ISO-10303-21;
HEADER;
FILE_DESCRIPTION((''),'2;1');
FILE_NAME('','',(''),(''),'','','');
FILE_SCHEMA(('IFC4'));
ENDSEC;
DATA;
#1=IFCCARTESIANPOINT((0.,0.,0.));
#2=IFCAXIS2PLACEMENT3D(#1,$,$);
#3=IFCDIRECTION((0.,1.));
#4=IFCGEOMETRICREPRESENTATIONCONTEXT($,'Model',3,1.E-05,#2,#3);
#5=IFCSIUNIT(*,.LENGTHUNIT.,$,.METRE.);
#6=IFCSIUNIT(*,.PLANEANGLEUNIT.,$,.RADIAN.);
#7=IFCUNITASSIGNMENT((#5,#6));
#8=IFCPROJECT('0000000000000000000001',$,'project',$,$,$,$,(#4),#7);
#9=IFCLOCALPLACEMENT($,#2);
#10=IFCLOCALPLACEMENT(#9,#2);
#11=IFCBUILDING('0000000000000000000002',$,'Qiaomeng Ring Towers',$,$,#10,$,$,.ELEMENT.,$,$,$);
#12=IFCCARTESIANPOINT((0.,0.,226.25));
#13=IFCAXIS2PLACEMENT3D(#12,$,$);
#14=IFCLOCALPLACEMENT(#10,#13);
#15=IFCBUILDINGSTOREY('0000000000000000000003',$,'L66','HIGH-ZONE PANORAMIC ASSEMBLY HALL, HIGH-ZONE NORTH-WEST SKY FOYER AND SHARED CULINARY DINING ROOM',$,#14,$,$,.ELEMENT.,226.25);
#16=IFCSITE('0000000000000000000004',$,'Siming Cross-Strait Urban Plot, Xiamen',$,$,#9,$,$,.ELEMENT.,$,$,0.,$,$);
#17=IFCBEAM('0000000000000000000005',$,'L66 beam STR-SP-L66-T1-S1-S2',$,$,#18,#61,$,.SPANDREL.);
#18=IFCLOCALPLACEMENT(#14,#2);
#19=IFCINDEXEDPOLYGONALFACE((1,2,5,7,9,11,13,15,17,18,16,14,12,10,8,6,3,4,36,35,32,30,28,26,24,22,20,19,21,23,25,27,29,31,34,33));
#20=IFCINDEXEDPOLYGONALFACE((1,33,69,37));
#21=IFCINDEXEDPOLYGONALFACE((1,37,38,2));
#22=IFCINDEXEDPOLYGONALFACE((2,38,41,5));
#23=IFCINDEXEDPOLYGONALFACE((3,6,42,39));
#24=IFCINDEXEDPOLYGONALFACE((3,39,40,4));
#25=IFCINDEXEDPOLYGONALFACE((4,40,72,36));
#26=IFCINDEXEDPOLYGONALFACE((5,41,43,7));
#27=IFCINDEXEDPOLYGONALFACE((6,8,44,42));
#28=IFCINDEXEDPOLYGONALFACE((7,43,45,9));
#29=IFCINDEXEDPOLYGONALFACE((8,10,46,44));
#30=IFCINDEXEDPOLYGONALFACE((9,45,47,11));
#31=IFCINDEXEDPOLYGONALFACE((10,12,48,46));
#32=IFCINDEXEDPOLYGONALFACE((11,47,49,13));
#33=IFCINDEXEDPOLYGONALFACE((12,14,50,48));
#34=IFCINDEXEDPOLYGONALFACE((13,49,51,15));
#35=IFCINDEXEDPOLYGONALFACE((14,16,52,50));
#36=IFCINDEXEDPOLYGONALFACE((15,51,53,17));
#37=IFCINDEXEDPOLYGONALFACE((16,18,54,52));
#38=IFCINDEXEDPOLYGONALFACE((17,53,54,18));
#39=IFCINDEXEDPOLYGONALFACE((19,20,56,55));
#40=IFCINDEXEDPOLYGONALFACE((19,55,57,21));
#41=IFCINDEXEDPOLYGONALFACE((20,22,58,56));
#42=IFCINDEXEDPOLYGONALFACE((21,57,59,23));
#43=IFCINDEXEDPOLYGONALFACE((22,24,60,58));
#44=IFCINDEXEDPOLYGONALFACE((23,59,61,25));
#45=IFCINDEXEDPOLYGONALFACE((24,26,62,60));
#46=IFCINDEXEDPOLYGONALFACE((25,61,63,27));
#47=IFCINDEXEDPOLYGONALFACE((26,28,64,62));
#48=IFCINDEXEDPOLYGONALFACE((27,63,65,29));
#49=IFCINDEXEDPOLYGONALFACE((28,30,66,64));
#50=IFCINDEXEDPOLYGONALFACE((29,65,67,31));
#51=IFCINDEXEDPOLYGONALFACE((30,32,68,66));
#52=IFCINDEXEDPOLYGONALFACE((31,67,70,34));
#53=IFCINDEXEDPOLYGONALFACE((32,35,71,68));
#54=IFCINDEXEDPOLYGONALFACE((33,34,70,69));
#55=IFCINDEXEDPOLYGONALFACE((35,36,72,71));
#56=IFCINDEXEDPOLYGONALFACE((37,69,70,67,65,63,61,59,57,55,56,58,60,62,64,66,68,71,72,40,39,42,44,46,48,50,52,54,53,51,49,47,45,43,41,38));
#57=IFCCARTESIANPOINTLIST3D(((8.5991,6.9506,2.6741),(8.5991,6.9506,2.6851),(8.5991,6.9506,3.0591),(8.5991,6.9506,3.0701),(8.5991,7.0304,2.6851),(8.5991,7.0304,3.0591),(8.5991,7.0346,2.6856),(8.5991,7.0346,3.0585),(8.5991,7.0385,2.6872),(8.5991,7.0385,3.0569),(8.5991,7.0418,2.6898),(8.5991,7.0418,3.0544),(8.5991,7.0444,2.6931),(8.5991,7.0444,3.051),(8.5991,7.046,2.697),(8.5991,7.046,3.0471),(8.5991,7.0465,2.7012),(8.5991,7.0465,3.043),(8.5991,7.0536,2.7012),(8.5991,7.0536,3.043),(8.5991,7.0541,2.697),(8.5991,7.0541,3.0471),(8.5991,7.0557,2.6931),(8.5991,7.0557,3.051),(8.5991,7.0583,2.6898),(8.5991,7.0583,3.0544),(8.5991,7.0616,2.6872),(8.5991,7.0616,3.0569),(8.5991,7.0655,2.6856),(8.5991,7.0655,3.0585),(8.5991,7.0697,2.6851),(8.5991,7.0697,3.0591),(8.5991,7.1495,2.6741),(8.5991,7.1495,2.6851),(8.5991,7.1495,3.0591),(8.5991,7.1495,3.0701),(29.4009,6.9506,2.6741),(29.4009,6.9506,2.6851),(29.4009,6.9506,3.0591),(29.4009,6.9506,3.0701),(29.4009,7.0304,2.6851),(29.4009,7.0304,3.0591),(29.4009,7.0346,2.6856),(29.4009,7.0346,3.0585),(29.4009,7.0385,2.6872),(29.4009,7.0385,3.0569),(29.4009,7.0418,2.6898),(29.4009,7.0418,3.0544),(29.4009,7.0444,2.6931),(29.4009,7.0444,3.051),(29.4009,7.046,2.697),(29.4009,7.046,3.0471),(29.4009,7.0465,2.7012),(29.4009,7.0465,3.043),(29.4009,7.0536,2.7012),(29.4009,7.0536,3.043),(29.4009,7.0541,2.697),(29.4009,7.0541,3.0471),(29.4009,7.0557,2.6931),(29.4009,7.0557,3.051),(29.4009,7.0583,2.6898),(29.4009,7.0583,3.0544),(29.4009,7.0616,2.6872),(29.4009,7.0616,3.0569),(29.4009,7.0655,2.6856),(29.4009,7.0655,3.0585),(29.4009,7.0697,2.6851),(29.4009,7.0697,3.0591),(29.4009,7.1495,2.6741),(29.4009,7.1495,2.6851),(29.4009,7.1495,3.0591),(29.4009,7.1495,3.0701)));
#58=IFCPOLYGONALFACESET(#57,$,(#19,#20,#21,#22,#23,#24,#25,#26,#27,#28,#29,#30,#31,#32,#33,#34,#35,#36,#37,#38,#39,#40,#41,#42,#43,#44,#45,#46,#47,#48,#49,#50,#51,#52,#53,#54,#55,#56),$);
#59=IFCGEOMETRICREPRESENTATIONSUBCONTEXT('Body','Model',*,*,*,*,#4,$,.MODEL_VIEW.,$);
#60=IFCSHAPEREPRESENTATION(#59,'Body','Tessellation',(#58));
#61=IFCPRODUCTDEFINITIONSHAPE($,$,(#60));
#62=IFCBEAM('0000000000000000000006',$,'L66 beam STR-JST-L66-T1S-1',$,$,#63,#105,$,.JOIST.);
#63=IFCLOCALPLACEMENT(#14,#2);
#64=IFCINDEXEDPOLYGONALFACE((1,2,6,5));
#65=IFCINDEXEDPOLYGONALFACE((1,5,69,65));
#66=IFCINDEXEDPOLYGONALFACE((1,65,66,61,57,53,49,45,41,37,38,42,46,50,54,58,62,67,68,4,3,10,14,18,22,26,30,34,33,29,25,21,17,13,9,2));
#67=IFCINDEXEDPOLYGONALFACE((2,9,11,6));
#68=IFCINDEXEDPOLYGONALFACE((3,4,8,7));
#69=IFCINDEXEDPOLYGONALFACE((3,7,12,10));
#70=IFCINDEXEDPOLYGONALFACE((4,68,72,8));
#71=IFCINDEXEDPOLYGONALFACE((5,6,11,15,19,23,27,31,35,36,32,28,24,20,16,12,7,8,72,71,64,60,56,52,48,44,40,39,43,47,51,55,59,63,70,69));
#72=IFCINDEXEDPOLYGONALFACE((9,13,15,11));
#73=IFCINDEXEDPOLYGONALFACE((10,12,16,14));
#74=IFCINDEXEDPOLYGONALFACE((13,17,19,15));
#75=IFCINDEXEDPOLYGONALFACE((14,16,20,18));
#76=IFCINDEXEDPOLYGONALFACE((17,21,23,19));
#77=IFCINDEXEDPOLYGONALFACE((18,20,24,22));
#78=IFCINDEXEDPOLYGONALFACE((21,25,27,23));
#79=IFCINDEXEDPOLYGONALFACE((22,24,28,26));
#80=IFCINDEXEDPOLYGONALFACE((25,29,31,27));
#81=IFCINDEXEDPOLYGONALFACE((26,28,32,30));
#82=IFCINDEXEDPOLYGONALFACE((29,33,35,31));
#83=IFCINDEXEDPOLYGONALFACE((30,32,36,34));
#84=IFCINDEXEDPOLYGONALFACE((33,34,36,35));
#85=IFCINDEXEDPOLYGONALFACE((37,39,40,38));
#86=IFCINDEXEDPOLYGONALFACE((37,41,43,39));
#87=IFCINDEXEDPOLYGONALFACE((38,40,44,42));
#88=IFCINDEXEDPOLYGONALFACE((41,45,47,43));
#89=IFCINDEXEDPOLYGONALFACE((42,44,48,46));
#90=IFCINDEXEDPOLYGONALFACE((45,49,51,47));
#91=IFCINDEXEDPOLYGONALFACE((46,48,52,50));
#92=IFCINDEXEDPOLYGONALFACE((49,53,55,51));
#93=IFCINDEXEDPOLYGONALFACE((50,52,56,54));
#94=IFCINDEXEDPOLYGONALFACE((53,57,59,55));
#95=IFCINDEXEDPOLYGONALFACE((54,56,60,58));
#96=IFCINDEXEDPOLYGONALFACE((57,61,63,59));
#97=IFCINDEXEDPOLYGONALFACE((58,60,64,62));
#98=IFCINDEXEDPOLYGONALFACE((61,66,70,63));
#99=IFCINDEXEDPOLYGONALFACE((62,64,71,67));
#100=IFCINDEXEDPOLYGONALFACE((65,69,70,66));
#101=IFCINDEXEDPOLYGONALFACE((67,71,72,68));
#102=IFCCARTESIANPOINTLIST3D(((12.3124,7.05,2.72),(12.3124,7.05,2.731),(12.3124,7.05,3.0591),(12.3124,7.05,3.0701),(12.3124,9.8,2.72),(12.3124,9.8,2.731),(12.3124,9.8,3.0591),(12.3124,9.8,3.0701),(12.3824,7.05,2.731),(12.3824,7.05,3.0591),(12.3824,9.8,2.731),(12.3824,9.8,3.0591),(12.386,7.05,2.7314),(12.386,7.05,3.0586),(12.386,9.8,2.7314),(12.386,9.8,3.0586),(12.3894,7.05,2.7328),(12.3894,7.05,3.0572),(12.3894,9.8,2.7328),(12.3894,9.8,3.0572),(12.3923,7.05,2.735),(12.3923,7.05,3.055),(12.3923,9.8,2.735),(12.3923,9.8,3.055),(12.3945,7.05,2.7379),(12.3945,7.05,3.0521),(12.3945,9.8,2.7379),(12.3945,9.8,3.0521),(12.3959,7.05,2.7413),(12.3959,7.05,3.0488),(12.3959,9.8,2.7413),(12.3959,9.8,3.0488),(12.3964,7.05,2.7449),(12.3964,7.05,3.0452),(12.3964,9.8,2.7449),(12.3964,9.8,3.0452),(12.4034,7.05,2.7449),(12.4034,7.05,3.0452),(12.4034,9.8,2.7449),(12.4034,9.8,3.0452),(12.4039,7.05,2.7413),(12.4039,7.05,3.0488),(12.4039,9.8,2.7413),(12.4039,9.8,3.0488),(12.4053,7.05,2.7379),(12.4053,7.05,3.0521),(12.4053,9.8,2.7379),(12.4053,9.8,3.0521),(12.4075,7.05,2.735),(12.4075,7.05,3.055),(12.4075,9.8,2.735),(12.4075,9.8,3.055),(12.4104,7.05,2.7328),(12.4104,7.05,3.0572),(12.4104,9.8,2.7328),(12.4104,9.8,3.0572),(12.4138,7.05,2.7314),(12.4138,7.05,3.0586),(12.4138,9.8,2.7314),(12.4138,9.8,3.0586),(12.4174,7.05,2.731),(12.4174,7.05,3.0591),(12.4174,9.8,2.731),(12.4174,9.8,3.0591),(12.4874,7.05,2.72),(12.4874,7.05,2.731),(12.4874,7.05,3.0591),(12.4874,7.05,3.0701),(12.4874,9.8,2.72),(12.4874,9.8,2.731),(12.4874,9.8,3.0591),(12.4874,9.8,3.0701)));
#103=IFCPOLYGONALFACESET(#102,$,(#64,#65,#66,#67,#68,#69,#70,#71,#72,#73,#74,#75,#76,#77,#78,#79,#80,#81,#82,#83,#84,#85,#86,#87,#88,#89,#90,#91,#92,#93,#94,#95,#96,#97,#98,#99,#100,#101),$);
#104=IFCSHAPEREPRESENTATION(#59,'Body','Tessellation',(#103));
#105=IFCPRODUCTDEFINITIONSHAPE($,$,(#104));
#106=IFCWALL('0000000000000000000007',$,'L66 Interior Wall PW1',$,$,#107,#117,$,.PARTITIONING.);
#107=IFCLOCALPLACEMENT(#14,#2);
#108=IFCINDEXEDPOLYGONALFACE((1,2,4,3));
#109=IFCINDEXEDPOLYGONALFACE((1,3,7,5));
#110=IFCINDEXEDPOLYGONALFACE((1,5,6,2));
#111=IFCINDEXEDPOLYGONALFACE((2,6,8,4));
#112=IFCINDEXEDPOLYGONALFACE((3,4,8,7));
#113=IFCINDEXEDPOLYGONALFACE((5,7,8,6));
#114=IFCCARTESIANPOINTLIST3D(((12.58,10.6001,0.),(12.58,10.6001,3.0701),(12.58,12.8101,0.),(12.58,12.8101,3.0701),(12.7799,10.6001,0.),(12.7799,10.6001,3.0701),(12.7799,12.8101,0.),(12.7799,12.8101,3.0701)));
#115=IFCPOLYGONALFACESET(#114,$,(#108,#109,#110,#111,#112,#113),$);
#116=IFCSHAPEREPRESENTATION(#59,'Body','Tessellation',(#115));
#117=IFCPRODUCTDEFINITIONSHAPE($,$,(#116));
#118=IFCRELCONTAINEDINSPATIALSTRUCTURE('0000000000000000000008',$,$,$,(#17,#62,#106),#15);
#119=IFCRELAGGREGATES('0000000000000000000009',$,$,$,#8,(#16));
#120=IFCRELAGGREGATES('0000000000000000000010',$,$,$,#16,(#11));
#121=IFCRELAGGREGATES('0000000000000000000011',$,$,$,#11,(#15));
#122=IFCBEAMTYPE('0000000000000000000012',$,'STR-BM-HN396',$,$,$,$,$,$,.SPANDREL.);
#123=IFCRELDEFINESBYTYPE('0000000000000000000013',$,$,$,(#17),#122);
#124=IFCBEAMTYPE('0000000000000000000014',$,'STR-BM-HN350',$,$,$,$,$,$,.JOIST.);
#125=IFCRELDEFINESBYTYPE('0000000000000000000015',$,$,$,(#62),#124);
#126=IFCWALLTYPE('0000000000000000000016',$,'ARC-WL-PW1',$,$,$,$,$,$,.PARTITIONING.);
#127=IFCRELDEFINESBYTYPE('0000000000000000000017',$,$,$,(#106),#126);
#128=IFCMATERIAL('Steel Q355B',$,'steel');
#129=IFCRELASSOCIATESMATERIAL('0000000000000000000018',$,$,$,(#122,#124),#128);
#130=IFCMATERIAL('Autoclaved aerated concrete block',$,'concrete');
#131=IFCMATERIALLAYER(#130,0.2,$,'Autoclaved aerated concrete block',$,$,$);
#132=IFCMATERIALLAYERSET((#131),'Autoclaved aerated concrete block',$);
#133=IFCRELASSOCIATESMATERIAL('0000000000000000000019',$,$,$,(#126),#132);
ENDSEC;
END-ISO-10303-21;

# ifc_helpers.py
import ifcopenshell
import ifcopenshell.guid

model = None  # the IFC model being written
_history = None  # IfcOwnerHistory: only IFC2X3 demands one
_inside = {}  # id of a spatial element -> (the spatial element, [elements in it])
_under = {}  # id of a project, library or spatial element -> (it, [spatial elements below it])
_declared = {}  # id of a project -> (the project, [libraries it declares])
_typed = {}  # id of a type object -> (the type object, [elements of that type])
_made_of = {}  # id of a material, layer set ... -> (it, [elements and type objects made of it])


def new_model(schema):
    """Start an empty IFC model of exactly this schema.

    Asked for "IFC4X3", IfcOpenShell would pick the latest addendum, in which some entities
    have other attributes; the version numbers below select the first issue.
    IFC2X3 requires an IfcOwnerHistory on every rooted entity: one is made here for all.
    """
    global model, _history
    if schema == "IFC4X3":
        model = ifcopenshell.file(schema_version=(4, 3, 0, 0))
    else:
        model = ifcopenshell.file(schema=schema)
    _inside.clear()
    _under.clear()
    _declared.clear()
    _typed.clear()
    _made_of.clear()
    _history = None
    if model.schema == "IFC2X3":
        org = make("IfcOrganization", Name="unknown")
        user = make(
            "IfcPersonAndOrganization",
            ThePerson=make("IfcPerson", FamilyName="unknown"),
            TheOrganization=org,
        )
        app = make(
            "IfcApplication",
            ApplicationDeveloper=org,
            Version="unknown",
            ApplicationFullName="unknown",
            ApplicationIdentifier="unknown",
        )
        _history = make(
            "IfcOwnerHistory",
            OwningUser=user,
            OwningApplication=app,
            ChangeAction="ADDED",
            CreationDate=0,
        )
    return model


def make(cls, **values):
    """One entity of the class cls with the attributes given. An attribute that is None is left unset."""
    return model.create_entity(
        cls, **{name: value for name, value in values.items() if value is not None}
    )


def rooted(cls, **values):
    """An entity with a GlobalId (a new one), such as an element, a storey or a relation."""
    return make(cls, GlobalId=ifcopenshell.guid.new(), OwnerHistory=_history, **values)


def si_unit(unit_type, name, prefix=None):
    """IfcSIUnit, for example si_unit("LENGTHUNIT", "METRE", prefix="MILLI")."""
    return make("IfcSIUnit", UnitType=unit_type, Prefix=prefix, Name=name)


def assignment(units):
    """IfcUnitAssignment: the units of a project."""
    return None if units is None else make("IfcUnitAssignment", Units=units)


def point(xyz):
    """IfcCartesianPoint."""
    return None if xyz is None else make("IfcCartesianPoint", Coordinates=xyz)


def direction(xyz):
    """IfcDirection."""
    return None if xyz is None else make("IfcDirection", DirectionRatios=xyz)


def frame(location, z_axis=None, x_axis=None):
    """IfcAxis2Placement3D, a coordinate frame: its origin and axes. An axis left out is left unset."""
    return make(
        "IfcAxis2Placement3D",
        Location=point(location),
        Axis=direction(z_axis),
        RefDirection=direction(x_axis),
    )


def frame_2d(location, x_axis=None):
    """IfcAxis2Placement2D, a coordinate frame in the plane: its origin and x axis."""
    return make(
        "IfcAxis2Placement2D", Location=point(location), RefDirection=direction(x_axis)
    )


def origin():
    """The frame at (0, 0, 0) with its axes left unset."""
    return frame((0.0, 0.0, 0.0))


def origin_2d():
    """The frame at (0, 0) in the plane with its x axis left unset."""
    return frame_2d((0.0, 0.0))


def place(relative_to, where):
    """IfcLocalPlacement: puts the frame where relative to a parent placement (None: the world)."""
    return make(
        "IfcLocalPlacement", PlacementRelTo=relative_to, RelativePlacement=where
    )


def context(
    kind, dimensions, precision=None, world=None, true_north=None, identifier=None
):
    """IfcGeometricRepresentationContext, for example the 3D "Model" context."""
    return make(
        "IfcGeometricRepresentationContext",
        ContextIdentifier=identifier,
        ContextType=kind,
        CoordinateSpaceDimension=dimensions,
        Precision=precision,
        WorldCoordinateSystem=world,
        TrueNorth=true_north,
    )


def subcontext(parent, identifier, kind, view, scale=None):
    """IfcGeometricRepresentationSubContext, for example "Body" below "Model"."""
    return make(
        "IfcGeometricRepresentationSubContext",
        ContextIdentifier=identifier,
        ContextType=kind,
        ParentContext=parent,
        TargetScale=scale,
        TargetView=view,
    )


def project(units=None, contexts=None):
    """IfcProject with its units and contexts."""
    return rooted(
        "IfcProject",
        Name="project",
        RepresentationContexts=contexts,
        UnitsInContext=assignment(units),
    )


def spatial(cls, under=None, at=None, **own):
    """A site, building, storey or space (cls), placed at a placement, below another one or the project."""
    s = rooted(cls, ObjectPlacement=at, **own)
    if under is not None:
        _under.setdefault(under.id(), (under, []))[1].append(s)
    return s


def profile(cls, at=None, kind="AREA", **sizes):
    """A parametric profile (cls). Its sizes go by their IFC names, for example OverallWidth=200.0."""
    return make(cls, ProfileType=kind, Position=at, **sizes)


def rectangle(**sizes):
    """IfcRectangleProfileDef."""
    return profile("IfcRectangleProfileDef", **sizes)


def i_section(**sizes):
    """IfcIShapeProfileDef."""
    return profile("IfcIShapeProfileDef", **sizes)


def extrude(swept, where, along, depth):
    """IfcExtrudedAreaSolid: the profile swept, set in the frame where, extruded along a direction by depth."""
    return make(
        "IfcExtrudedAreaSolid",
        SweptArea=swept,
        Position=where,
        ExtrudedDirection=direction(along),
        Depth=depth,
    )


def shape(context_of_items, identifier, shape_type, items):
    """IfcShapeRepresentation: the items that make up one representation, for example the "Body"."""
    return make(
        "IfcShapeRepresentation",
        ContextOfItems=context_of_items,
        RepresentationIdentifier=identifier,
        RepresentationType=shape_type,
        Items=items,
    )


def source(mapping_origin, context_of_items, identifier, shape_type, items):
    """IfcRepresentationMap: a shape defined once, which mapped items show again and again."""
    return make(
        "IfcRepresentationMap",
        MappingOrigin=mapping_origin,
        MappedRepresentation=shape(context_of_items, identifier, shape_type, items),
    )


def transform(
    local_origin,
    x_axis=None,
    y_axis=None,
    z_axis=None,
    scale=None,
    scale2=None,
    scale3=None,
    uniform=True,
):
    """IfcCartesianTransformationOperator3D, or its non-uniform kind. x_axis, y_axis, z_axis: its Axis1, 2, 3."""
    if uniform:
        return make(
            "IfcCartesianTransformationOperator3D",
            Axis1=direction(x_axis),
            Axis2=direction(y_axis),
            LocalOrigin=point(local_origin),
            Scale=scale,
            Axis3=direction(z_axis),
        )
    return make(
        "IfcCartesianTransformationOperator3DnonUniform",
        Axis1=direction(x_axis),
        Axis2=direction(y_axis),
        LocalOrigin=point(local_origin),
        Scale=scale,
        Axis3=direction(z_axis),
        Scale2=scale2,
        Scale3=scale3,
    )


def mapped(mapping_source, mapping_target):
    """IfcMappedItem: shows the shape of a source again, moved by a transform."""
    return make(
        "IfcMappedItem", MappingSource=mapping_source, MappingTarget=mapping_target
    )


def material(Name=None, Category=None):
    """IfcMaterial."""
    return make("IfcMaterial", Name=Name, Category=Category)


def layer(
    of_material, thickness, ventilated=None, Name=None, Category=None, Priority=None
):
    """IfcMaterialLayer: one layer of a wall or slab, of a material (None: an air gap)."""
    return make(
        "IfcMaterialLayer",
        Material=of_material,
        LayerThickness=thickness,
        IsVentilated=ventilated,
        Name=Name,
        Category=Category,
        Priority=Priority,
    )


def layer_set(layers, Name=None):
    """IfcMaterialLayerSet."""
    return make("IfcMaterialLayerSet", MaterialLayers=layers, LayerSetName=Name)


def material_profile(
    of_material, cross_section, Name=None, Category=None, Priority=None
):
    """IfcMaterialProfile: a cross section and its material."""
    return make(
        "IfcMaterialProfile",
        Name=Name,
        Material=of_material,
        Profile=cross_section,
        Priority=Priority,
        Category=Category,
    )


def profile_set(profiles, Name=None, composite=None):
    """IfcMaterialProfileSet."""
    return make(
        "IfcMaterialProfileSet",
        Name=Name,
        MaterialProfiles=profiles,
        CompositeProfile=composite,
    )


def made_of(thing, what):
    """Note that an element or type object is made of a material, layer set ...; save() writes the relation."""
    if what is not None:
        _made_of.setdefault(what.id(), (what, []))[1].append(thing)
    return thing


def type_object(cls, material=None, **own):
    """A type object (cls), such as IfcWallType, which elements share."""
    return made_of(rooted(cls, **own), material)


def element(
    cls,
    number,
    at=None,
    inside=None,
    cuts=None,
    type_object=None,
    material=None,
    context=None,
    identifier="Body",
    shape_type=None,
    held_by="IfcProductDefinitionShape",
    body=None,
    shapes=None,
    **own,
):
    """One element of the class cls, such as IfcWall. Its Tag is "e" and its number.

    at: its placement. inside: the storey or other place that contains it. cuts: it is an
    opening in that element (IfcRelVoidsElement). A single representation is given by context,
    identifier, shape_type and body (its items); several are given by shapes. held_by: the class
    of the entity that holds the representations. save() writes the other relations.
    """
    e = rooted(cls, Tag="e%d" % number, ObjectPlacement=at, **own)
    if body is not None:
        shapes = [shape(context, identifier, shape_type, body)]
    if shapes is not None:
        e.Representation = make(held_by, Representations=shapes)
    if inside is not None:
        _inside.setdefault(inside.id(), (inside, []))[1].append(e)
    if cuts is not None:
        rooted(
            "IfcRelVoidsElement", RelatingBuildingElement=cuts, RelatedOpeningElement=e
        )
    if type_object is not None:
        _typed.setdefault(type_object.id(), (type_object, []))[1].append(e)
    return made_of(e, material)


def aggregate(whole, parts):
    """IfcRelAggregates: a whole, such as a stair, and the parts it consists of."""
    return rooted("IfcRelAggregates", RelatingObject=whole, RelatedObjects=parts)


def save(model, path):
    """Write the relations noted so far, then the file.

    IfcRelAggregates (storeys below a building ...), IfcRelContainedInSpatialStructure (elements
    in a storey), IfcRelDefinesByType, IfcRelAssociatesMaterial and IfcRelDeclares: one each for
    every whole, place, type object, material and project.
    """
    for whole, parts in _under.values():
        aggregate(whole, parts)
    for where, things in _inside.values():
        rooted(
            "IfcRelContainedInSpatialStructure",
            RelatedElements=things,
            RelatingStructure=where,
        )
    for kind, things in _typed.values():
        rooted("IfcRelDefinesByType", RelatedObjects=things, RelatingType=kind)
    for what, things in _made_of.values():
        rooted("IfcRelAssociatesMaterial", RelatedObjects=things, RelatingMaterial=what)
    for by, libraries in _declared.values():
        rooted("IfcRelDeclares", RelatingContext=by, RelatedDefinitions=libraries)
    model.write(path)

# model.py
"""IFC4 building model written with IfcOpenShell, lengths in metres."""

from ifc_helpers import new_model, si_unit, direction, frame, frame_2d, origin, origin_2d, place, context, subcontext, project, spatial, rectangle, i_section, extrude, source, transform, mapped, material, layer, layer_set, material_profile, profile_set, type_object, element, save


model = new_model("IFC4")

# Units and contexts
model_context = context("Model", 3, precision=1e-05, world=origin(), true_north=direction((0.0, 1.0)))
body_context = subcontext(model_context, "Body", "Model", "MODEL_VIEW")
ifc_project = project(units=[si_unit("LENGTHUNIT", "METRE"), si_unit("PLANEANGLEUNIT", "RADIAN")], contexts=[model_context])

# Site, building, storey
site_placement = place(None, origin())
site = spatial("IfcSite", under=ifc_project, at=site_placement, Name="Siming Cross-Strait Urban Plot, Xiamen", CompositionType="ELEMENT", RefElevation=0.0)
building_placement = place(site_placement, origin())
building = spatial("IfcBuilding", under=site, at=building_placement, Name="Qiaomeng Ring Towers", CompositionType="ELEMENT")
storey_placement = place(building_placement, frame((0.0, 0.0, 226.25)))
storey = spatial("IfcBuildingStorey", under=building, at=storey_placement, Name="L66", Description="HIGH-ZONE PANORAMIC ASSEMBLY HALL, HIGH-ZONE NORTH-WEST SKY FOYER AND SHARED CULINARY DINING ROOM", CompositionType="ELEMENT", Elevation=226.25)

# Beams
ifc_material_1 = material(Name="Steel Q355B", Category="steel")
ifc_material_profile_1 = material_profile(ifc_material_1, i_section(OverallWidth=0.199, OverallDepth=0.396, WebThickness=0.0071, FlangeThickness=0.011, FilletRadius=0.0161, at=origin_2d()), Name="HN 396x199x7x11")
ifc_profile_set_1 = profile_set([ifc_material_profile_1], Name="Steel Q355B")
beam_type_1 = type_object("IfcBeamType", Name="STR-BM-HN396", PredefinedType="SPANDREL", material=ifc_profile_set_1)
shared_shape_1 = source(origin(), body_context, "Body", "SweptSolid", [
    extrude(i_section(OverallWidth=0.199, OverallDepth=0.396, WebThickness=0.0071, FlangeThickness=0.011, FilletRadius=0.0161, at=origin_2d()), origin(), (0.0, 0.0, 1.0), 20.8018),
])
beam_1_placement = place(storey_placement, frame((8.5991, 7.05, 2.8721), z_axis=(1.0, 0.0, 0.0), x_axis=(0.0, 1.0, 0.0)))
element("IfcBeam", 1, at=beam_1_placement, inside=storey, type_object=beam_type_1, Name="L66 beam STR-SP-L66-T1-S1-S2", PredefinedType="SPANDREL", context=body_context, shape_type="MappedRepresentation", body=[
    mapped(shared_shape_1, transform((0.0, 0.0, 0.0), x_axis=(1.0, 0.0, 0.0), y_axis=(0.0, 1.0, 0.0), z_axis=(0.0, 0.0, 1.0), scale=1.0)),
])
ifc_material_profile_2 = material_profile(ifc_material_1, i_section(OverallWidth=0.175, OverallDepth=0.3501, WebThickness=0.0071, FlangeThickness=0.011, FilletRadius=0.0139, at=origin_2d()), Name="HN 350x175x7x11")
ifc_profile_set_2 = profile_set([ifc_material_profile_2], Name="Steel Q355B")
beam_type_2 = type_object("IfcBeamType", Name="STR-BM-HN350", PredefinedType="JOIST", material=ifc_profile_set_2)
shared_shape_2 = source(origin(), body_context, "Body", "SweptSolid", [
    extrude(i_section(OverallWidth=0.175, OverallDepth=0.3501, WebThickness=0.0071, FlangeThickness=0.011, FilletRadius=0.0139, at=origin_2d()), origin(), (0.0, 0.0, 1.0), 2.75),
])
beam_2_placement = place(storey_placement, frame((12.3999, 7.05, 2.895), z_axis=(0.0, 1.0, 0.0), x_axis=(-1.0, 0.0, 0.0)))
element("IfcBeam", 2, at=beam_2_placement, inside=storey, type_object=beam_type_2, Name="L66 beam STR-JST-L66-T1S-1", PredefinedType="JOIST", context=body_context, shape_type="MappedRepresentation", body=[
    mapped(shared_shape_2, transform((0.0, 0.0, 0.0), x_axis=(1.0, 0.0, 0.0), y_axis=(0.0, 1.0, 0.0), z_axis=(0.0, 0.0, 1.0), scale=1.0)),
])

# Wall
ifc_material_2 = material(Name="Autoclaved aerated concrete block", Category="concrete")
ifc_layer_1 = layer(ifc_material_2, 0.2, Name="Autoclaved aerated concrete block")
ifc_layer_set_1 = layer_set([ifc_layer_1], Name="Autoclaved aerated concrete block")
wall_type_1 = type_object("IfcWallType", Name="ARC-WL-PW1", PredefinedType="PARTITIONING", material=ifc_layer_set_1)
wall_1_placement = place(storey_placement, frame((12.6799, 10.6001, 0.0), z_axis=(0.0, 0.0, 1.0), x_axis=(0.0, 1.0, 0.0)))
element("IfcWall", 3, at=wall_1_placement, inside=storey, type_object=wall_type_1, Name="L66 Interior Wall PW1", PredefinedType="PARTITIONING", context=body_context, shape_type="SweptSolid", body=[
    extrude(rectangle(XDim=2.21, YDim=0.2, at=frame_2d((1.105, 0.0))), origin(), (0.0, 0.0, 1.0), 3.0701),
])

save(model, "model.ifc")
